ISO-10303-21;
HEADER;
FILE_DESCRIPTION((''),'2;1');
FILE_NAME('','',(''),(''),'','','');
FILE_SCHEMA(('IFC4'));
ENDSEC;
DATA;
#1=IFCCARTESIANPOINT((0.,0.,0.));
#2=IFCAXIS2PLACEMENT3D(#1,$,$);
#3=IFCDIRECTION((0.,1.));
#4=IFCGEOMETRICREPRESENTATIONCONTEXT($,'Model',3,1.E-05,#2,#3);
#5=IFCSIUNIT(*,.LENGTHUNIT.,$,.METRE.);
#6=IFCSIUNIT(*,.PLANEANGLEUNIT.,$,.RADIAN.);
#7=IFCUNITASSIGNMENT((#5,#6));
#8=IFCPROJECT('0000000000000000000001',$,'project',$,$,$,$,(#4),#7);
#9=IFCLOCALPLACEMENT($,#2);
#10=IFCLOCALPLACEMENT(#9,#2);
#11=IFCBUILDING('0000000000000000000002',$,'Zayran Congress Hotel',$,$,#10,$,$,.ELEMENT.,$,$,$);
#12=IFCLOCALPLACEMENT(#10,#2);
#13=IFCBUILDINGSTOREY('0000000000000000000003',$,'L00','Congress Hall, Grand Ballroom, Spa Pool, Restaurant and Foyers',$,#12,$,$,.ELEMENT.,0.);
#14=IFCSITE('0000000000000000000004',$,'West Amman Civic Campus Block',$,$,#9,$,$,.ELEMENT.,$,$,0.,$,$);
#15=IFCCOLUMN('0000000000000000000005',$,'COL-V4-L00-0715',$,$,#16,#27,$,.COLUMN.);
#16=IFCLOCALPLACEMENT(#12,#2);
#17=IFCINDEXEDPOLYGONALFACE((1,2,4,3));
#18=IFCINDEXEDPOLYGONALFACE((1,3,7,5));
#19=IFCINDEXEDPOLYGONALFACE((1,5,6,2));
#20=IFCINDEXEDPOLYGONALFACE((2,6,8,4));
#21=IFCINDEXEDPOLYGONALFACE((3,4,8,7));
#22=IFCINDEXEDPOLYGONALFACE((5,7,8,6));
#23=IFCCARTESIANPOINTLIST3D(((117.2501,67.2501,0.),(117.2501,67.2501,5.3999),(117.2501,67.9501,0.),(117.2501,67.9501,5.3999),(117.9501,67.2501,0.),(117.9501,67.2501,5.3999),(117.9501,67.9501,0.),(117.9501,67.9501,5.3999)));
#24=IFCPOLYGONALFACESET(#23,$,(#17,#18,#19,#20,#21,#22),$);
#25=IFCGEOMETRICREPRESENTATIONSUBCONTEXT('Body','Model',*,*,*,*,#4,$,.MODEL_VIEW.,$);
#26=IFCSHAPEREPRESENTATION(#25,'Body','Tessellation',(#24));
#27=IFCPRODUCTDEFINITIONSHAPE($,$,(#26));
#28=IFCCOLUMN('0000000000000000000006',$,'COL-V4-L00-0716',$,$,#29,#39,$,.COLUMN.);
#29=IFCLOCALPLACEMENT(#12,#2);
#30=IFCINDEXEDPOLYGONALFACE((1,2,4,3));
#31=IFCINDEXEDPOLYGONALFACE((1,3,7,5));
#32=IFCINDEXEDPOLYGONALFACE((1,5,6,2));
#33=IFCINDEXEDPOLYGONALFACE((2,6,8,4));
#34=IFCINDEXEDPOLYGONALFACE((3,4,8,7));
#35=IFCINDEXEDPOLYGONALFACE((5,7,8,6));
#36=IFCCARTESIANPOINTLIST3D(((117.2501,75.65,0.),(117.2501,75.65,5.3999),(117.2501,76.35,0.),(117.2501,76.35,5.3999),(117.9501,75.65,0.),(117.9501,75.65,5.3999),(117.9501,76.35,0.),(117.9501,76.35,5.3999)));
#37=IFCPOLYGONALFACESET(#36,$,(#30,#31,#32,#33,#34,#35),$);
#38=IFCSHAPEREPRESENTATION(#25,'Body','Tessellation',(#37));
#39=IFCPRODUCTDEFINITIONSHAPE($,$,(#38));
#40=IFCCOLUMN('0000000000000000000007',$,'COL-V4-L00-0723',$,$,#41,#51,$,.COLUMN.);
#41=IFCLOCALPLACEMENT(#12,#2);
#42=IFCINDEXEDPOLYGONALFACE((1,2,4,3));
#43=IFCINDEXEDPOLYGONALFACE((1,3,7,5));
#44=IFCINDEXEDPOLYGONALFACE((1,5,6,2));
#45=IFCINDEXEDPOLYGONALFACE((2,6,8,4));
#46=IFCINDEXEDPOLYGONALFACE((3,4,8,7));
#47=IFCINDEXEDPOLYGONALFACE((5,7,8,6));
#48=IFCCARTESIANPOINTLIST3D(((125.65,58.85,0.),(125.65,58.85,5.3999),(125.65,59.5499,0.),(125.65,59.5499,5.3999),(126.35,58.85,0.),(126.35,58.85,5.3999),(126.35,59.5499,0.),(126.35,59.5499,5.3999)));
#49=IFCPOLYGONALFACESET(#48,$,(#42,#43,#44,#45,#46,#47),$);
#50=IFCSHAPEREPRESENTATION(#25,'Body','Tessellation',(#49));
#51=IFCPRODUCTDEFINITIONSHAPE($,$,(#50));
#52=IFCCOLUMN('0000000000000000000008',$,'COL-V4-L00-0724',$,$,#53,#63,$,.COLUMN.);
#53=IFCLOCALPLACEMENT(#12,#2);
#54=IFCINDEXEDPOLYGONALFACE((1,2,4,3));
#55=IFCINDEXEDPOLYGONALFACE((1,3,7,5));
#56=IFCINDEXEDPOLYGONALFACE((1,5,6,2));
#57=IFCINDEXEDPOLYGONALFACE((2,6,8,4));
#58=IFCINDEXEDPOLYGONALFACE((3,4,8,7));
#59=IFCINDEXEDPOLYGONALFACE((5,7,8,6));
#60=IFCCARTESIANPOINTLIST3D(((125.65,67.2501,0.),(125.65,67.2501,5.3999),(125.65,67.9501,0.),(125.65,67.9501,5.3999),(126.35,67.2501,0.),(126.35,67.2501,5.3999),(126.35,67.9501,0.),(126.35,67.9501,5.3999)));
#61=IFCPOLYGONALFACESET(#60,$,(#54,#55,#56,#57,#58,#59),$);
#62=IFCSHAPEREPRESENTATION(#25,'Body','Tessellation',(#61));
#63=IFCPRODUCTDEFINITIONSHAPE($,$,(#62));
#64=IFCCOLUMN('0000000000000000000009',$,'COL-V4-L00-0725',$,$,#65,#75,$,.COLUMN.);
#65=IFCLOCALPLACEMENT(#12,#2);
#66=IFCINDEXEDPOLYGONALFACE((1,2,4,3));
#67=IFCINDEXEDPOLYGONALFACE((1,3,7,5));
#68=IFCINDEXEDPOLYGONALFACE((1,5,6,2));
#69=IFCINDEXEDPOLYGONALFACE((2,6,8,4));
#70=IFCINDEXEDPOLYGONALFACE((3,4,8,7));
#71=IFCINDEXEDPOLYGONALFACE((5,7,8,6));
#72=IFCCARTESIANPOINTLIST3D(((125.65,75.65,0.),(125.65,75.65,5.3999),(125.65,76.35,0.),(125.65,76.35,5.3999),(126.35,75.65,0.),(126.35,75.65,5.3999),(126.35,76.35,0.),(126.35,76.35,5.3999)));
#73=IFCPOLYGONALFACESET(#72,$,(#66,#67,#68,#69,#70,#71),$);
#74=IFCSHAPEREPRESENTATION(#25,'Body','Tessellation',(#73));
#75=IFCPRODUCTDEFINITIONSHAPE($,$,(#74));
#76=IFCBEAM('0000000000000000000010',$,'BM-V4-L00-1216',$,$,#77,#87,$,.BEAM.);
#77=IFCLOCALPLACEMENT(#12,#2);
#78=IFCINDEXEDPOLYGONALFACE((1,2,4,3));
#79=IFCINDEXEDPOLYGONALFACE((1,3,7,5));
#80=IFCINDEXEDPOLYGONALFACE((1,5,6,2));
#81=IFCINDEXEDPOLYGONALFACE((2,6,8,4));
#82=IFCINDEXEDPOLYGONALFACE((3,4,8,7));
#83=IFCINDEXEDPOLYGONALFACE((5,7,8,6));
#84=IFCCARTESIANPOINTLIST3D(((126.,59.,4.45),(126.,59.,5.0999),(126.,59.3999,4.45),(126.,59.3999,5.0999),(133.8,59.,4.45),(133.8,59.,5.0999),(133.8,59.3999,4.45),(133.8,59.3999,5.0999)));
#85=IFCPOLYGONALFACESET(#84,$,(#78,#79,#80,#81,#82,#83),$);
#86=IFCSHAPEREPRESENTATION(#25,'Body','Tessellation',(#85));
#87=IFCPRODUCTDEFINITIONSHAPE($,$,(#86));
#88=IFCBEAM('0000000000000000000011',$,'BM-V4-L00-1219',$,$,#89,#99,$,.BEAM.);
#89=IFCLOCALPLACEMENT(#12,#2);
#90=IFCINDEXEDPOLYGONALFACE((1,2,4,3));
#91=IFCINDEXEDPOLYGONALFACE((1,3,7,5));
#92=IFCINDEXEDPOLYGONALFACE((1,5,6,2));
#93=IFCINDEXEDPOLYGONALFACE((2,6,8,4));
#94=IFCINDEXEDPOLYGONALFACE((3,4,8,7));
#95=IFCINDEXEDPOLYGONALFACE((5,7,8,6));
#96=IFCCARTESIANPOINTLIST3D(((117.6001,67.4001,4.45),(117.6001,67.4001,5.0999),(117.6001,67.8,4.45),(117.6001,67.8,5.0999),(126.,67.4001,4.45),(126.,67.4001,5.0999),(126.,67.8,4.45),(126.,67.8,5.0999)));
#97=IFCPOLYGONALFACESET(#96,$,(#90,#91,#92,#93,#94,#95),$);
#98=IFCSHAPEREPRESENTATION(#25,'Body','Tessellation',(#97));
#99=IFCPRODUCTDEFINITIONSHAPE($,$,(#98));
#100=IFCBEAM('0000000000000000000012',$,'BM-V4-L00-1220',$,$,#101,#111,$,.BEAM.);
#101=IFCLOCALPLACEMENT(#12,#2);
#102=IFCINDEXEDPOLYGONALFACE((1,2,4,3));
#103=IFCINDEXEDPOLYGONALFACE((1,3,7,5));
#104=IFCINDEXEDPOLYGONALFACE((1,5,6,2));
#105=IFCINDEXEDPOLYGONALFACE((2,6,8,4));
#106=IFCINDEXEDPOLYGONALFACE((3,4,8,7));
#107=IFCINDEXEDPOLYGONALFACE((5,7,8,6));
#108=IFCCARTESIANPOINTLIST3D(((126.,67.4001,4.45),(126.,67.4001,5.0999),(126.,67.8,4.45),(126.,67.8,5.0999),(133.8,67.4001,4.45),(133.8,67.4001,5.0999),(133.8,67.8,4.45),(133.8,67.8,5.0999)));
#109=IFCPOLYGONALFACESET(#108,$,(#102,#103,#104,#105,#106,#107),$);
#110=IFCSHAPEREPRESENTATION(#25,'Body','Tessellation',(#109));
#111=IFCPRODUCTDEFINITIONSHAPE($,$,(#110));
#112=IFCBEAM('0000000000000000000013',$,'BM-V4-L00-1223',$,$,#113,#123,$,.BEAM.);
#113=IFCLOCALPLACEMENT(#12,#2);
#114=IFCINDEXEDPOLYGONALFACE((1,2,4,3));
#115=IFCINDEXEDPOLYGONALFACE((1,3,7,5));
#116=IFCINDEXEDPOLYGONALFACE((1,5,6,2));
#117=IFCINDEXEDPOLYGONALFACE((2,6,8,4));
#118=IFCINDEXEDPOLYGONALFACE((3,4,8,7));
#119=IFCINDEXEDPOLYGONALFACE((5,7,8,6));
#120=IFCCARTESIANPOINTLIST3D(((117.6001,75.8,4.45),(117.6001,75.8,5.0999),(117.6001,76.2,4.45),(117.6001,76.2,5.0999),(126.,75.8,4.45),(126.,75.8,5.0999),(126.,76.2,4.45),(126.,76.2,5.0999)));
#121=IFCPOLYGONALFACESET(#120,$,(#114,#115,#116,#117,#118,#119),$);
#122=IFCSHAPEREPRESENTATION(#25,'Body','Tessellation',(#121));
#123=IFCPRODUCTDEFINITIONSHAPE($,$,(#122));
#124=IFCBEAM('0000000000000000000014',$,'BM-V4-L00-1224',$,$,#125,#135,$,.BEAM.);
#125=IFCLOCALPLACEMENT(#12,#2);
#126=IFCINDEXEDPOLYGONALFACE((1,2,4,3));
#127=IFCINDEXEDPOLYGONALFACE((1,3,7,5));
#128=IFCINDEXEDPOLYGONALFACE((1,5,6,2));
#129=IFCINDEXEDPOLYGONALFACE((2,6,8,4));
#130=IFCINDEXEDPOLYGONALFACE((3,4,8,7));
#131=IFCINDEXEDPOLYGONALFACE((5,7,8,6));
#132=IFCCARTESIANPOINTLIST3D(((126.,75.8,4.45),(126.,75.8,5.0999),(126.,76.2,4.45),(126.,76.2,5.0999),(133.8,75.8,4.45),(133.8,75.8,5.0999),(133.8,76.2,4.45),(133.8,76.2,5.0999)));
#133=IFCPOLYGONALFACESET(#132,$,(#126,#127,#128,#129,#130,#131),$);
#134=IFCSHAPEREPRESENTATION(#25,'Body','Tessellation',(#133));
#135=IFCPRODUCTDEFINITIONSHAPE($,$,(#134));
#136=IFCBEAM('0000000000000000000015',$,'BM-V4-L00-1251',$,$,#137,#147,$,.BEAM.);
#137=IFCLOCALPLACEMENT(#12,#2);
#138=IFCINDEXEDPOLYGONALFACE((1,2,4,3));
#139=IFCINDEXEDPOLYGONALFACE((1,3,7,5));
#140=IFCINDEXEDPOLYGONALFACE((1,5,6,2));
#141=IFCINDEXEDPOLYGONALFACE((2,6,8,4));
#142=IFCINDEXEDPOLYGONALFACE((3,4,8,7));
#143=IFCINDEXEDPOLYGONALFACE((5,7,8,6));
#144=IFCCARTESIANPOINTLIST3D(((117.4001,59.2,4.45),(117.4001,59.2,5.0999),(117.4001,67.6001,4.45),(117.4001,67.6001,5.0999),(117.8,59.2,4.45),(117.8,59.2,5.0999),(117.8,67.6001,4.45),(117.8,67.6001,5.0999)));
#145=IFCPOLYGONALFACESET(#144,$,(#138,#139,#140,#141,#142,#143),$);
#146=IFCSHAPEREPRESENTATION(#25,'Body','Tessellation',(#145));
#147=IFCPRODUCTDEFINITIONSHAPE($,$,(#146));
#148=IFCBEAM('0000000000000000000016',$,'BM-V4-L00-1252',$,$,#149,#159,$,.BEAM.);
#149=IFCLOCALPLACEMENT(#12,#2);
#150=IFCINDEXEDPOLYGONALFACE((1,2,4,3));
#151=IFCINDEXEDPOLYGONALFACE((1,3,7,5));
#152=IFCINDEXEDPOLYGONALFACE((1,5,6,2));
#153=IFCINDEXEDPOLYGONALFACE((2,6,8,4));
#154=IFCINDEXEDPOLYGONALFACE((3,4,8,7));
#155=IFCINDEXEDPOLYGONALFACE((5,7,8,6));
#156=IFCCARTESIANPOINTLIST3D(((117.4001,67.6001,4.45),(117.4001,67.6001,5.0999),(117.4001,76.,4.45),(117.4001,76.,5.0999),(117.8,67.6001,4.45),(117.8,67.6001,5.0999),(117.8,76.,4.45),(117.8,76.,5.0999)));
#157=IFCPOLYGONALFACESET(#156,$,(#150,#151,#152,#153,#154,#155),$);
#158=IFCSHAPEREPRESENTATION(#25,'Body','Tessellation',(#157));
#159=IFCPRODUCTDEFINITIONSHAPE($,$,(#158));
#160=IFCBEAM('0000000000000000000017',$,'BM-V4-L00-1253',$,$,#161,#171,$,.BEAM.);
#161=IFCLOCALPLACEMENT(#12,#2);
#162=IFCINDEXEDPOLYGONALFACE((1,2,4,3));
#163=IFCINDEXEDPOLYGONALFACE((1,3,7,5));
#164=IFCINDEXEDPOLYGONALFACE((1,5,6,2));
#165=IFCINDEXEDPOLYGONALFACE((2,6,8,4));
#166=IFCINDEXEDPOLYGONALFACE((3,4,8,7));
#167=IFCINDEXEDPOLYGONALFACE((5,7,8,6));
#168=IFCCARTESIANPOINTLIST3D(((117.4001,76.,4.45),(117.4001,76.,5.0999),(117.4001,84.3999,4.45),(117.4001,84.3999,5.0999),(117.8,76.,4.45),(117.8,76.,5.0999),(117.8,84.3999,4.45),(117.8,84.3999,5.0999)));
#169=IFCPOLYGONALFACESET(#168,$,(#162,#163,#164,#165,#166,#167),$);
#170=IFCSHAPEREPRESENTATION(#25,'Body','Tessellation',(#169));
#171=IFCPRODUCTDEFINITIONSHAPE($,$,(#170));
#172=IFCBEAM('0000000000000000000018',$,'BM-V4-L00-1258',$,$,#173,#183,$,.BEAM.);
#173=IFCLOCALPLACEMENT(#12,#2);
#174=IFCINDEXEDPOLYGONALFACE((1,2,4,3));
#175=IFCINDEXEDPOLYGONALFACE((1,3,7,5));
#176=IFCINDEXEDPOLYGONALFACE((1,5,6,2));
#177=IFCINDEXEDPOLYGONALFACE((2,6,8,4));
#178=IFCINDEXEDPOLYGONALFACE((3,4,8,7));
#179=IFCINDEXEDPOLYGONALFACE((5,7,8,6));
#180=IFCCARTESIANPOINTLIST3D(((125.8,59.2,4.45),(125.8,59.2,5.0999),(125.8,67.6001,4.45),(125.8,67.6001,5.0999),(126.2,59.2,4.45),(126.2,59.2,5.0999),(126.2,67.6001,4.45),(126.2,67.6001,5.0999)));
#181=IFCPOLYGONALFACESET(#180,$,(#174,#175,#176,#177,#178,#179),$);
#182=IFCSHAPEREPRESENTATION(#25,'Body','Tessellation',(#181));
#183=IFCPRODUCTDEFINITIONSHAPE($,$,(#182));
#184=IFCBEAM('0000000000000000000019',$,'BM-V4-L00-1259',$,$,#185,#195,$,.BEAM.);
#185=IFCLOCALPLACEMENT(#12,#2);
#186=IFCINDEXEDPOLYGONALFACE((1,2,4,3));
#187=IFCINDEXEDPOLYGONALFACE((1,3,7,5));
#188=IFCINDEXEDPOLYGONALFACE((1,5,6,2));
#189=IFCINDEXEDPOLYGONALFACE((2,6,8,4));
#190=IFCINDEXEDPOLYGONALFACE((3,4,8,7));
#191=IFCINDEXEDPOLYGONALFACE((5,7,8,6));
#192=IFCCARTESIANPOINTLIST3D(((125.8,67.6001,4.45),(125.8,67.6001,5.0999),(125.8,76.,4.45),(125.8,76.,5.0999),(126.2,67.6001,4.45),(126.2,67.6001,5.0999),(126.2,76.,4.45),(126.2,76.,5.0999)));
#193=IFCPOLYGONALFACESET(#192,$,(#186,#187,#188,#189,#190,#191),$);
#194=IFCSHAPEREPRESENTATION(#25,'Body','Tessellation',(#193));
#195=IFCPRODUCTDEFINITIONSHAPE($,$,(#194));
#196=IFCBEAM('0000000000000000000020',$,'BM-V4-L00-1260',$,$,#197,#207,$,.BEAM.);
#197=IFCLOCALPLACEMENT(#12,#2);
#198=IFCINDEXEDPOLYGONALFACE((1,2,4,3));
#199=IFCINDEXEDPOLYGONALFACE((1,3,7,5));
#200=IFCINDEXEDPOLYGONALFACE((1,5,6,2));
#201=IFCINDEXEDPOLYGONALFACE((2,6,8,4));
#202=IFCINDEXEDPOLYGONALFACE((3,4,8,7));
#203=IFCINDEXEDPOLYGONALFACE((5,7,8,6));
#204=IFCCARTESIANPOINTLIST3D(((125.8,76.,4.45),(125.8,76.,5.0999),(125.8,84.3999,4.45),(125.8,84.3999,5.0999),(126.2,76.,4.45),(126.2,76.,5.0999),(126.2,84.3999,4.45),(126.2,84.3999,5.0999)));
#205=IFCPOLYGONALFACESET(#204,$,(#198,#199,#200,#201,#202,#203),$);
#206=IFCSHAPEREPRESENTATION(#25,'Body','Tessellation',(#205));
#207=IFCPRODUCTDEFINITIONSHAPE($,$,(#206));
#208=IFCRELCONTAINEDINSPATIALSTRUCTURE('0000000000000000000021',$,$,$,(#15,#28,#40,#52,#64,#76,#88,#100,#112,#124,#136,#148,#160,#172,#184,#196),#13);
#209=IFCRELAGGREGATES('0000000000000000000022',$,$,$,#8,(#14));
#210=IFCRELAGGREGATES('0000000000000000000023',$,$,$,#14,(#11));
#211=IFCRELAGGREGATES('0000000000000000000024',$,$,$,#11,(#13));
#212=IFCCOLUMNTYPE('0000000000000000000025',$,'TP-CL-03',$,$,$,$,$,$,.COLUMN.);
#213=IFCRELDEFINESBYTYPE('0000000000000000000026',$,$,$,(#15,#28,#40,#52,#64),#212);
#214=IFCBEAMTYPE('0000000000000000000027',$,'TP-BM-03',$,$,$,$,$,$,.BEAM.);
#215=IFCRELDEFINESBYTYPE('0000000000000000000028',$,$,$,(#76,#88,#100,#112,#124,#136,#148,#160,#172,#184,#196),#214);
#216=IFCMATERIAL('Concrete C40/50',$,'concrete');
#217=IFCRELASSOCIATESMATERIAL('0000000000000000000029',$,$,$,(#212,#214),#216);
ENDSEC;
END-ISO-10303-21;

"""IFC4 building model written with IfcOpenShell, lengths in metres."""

from ifc_helpers import new_model, si_unit, direction, frame, origin, origin_2d, place, context, subcontext, project, spatial, rectangle, extrude, material, material_profile, profile_set, type_object, element, save


model = new_model("IFC4")

# Units and contexts
model_context = context("Model", 3, precision=1e-05, world=origin(), true_north=direction((0.0, 1.0)))
body_context = subcontext(model_context, "Body", "Model", "MODEL_VIEW")
ifc_project = project(units=[si_unit("LENGTHUNIT", "METRE"), si_unit("PLANEANGLEUNIT", "RADIAN")], contexts=[model_context])

# Site, building, storey
site_placement = place(None, origin())
site = spatial("IfcSite", under=ifc_project, at=site_placement, Name="West Amman Civic Campus Block", CompositionType="ELEMENT", RefElevation=0.0)
building_placement = place(site_placement, origin())
building = spatial("IfcBuilding", under=site, at=building_placement, Name="Zayran Congress Hotel", CompositionType="ELEMENT")
storey_placement = place(building_placement, origin())
storey = spatial("IfcBuildingStorey", under=building, at=storey_placement, Name="L00", Description="Congress Hall, Grand Ballroom, Spa Pool, Restaurant and Foyers", CompositionType="ELEMENT", Elevation=0.0)

# Columns
ifc_material_1 = material(Name="Concrete C40/50", Category="concrete")
ifc_material_profile_1 = material_profile(ifc_material_1, rectangle(XDim=0.7, YDim=0.7, at=origin_2d()), Name="RC 700x700")
ifc_profile_set_1 = profile_set([ifc_material_profile_1], Name="Concrete C40/50")
column_type = type_object("IfcColumnType", Name="TP-CL-03", PredefinedType="COLUMN", material=ifc_profile_set_1)
for number, where, z_axis, x_axis, name in (
    (1, (117.6001, 67.6001, 0.0), (0.0, 0.0, 1.0), (1.0, 0.0, 0.0), "COL-V4-L00-0715"),
    (2, (117.6001, 76.0, 0.0), (0.0, 0.0, 1.0), (1.0, 0.0, 0.0), "COL-V4-L00-0716"),
    (3, (126.0, 59.2, 0.0), (0.0, 0.0, 1.0), (1.0, 0.0, 0.0), "COL-V4-L00-0723"),
    (4, (126.0, 67.6001, 0.0), (0.0, 0.0, 1.0), (1.0, 0.0, 0.0), "COL-V4-L00-0724"),
    (5, (126.0, 76.0, 0.0), (0.0, 0.0, 1.0), (1.0, 0.0, 0.0), "COL-V4-L00-0725"),
):
    element("IfcColumn", number, at=place(storey_placement, frame(where, z_axis=z_axis, x_axis=x_axis)), inside=storey, type_object=column_type, Name=name, PredefinedType="COLUMN", context=body_context, shape_type="SweptSolid", body=[
        extrude(rectangle(XDim=0.7, YDim=0.7, at=origin_2d()), origin(), (0.0, 0.0, 1.0), 5.3999),
    ])

# Beams
ifc_material_profile_2 = material_profile(ifc_material_1, rectangle(XDim=0.3999, YDim=0.6499, at=origin_2d()), Name="RC 400x650")
ifc_profile_set_2 = profile_set([ifc_material_profile_2], Name="Concrete C40/50")
beam_type_1 = type_object("IfcBeamType", Name="TP-BM-03", PredefinedType="BEAM", material=ifc_profile_set_2)
beam_1_placement = place(storey_placement, frame((126.0, 59.2, 4.7749), z_axis=(1.0, 0.0, 0.0), x_axis=(0.0, 1.0, 0.0)))
element("IfcBeam", 6, at=beam_1_placement, inside=storey, type_object=beam_type_1, Name="BM-V4-L00-1216", PredefinedType="BEAM", context=body_context, shape_type="SweptSolid", body=[
    extrude(rectangle(XDim=0.3999, YDim=0.6499, at=origin_2d()), origin(), (0.0, 0.0, 1.0), 7.8),
])
beam_2_placement = place(storey_placement, frame((117.6001, 67.6001, 4.7749), z_axis=(1.0, 0.0, 0.0), x_axis=(0.0, 1.0, 0.0)))
element("IfcBeam", 7, at=beam_2_placement, inside=storey, type_object=beam_type_1, Name="BM-V4-L00-1219", PredefinedType="BEAM", context=body_context, shape_type="SweptSolid", body=[
    extrude(rectangle(XDim=0.3999, YDim=0.6499, at=origin_2d()), origin(), (0.0, 0.0, 1.0), 8.3999),
])
beam_3_placement = place(storey_placement, frame((126.0, 67.6001, 4.7749), z_axis=(1.0, 0.0, 0.0), x_axis=(0.0, 1.0, 0.0)))
element("IfcBeam", 8, at=beam_3_placement, inside=storey, type_object=beam_type_1, Name="BM-V4-L00-1220", PredefinedType="BEAM", context=body_context, shape_type="SweptSolid", body=[
    extrude(rectangle(XDim=0.3999, YDim=0.6499, at=origin_2d()), origin(), (0.0, 0.0, 1.0), 7.8),
])
beam_4_placement = place(storey_placement, frame((117.6001, 76.0, 4.7749), z_axis=(1.0, 0.0, 0.0), x_axis=(0.0, 1.0, 0.0)))
element("IfcBeam", 9, at=beam_4_placement, inside=storey, type_object=beam_type_1, Name="BM-V4-L00-1223", PredefinedType="BEAM", context=body_context, shape_type="SweptSolid", body=[
    extrude(rectangle(XDim=0.3999, YDim=0.6499, at=origin_2d()), origin(), (0.0, 0.0, 1.0), 8.3999),
])
beam_5_placement = place(storey_placement, frame((126.0, 76.0, 4.7749), z_axis=(1.0, 0.0, 0.0), x_axis=(0.0, 1.0, 0.0)))
element("IfcBeam", 10, at=beam_5_placement, inside=storey, type_object=beam_type_1, Name="BM-V4-L00-1224", PredefinedType="BEAM", context=body_context, shape_type="SweptSolid", body=[
    extrude(rectangle(XDim=0.3999, YDim=0.6499, at=origin_2d()), origin(), (0.0, 0.0, 1.0), 7.8),
])
beam_6_placement = place(storey_placement, frame((117.6001, 59.2, 4.7749), z_axis=(0.0, 1.0, 0.0), x_axis=(-1.0, 0.0, 0.0)))
element("IfcBeam", 11, at=beam_6_placement, inside=storey, type_object=beam_type_1, Name="BM-V4-L00-1251", PredefinedType="BEAM", context=body_context, shape_type="SweptSolid", body=[
    extrude(rectangle(XDim=0.3999, YDim=0.6499, at=origin_2d()), origin(), (0.0, 0.0, 1.0), 8.4001),
])
for number, where, z_axis, x_axis, name in (
    (12, (117.6001, 67.6001, 4.7749), (0.0, 1.0, 0.0), (-1.0, 0.0, 0.0), "BM-V4-L00-1252"),
    (13, (117.6001, 76.0, 4.7749), (0.0, 1.0, 0.0), (-1.0, 0.0, 0.0), "BM-V4-L00-1253"),
):
    element("IfcBeam", number, at=place(storey_placement, frame(where, z_axis=z_axis, x_axis=x_axis)), inside=storey, type_object=beam_type_1, Name=name, PredefinedType="BEAM", context=body_context, shape_type="SweptSolid", body=[
        extrude(rectangle(XDim=0.3999, YDim=0.6499, at=origin_2d()), origin(), (0.0, 0.0, 1.0), 8.3999),
    ])
beam_7_placement = place(storey_placement, frame((126.0, 59.2, 4.7749), z_axis=(0.0, 1.0, 0.0), x_axis=(-1.0, 0.0, 0.0)))
element("IfcBeam", 14, at=beam_7_placement, inside=storey, type_object=beam_type_1, Name="BM-V4-L00-1258", PredefinedType="BEAM", context=body_context, shape_type="SweptSolid", body=[
    extrude(rectangle(XDim=0.3999, YDim=0.6499, at=origin_2d()), origin(), (0.0, 0.0, 1.0), 8.4001),
])
for number, where, z_axis, x_axis, name in (
    (15, (126.0, 67.6001, 4.7749), (0.0, 1.0, 0.0), (-1.0, 0.0, 0.0), "BM-V4-L00-1259"),
    (16, (126.0, 76.0, 4.7749), (0.0, 1.0, 0.0), (-1.0, 0.0, 0.0), "BM-V4-L00-1260"),
):
    element("IfcBeam", number, at=place(storey_placement, frame(where, z_axis=z_axis, x_axis=x_axis)), inside=storey, type_object=beam_type_1, Name=name, PredefinedType="BEAM", context=body_context, shape_type="SweptSolid", body=[
        extrude(rectangle(XDim=0.3999, YDim=0.6499, at=origin_2d()), origin(), (0.0, 0.0, 1.0), 8.3999),
    ])

save(model, "model.ifc")
